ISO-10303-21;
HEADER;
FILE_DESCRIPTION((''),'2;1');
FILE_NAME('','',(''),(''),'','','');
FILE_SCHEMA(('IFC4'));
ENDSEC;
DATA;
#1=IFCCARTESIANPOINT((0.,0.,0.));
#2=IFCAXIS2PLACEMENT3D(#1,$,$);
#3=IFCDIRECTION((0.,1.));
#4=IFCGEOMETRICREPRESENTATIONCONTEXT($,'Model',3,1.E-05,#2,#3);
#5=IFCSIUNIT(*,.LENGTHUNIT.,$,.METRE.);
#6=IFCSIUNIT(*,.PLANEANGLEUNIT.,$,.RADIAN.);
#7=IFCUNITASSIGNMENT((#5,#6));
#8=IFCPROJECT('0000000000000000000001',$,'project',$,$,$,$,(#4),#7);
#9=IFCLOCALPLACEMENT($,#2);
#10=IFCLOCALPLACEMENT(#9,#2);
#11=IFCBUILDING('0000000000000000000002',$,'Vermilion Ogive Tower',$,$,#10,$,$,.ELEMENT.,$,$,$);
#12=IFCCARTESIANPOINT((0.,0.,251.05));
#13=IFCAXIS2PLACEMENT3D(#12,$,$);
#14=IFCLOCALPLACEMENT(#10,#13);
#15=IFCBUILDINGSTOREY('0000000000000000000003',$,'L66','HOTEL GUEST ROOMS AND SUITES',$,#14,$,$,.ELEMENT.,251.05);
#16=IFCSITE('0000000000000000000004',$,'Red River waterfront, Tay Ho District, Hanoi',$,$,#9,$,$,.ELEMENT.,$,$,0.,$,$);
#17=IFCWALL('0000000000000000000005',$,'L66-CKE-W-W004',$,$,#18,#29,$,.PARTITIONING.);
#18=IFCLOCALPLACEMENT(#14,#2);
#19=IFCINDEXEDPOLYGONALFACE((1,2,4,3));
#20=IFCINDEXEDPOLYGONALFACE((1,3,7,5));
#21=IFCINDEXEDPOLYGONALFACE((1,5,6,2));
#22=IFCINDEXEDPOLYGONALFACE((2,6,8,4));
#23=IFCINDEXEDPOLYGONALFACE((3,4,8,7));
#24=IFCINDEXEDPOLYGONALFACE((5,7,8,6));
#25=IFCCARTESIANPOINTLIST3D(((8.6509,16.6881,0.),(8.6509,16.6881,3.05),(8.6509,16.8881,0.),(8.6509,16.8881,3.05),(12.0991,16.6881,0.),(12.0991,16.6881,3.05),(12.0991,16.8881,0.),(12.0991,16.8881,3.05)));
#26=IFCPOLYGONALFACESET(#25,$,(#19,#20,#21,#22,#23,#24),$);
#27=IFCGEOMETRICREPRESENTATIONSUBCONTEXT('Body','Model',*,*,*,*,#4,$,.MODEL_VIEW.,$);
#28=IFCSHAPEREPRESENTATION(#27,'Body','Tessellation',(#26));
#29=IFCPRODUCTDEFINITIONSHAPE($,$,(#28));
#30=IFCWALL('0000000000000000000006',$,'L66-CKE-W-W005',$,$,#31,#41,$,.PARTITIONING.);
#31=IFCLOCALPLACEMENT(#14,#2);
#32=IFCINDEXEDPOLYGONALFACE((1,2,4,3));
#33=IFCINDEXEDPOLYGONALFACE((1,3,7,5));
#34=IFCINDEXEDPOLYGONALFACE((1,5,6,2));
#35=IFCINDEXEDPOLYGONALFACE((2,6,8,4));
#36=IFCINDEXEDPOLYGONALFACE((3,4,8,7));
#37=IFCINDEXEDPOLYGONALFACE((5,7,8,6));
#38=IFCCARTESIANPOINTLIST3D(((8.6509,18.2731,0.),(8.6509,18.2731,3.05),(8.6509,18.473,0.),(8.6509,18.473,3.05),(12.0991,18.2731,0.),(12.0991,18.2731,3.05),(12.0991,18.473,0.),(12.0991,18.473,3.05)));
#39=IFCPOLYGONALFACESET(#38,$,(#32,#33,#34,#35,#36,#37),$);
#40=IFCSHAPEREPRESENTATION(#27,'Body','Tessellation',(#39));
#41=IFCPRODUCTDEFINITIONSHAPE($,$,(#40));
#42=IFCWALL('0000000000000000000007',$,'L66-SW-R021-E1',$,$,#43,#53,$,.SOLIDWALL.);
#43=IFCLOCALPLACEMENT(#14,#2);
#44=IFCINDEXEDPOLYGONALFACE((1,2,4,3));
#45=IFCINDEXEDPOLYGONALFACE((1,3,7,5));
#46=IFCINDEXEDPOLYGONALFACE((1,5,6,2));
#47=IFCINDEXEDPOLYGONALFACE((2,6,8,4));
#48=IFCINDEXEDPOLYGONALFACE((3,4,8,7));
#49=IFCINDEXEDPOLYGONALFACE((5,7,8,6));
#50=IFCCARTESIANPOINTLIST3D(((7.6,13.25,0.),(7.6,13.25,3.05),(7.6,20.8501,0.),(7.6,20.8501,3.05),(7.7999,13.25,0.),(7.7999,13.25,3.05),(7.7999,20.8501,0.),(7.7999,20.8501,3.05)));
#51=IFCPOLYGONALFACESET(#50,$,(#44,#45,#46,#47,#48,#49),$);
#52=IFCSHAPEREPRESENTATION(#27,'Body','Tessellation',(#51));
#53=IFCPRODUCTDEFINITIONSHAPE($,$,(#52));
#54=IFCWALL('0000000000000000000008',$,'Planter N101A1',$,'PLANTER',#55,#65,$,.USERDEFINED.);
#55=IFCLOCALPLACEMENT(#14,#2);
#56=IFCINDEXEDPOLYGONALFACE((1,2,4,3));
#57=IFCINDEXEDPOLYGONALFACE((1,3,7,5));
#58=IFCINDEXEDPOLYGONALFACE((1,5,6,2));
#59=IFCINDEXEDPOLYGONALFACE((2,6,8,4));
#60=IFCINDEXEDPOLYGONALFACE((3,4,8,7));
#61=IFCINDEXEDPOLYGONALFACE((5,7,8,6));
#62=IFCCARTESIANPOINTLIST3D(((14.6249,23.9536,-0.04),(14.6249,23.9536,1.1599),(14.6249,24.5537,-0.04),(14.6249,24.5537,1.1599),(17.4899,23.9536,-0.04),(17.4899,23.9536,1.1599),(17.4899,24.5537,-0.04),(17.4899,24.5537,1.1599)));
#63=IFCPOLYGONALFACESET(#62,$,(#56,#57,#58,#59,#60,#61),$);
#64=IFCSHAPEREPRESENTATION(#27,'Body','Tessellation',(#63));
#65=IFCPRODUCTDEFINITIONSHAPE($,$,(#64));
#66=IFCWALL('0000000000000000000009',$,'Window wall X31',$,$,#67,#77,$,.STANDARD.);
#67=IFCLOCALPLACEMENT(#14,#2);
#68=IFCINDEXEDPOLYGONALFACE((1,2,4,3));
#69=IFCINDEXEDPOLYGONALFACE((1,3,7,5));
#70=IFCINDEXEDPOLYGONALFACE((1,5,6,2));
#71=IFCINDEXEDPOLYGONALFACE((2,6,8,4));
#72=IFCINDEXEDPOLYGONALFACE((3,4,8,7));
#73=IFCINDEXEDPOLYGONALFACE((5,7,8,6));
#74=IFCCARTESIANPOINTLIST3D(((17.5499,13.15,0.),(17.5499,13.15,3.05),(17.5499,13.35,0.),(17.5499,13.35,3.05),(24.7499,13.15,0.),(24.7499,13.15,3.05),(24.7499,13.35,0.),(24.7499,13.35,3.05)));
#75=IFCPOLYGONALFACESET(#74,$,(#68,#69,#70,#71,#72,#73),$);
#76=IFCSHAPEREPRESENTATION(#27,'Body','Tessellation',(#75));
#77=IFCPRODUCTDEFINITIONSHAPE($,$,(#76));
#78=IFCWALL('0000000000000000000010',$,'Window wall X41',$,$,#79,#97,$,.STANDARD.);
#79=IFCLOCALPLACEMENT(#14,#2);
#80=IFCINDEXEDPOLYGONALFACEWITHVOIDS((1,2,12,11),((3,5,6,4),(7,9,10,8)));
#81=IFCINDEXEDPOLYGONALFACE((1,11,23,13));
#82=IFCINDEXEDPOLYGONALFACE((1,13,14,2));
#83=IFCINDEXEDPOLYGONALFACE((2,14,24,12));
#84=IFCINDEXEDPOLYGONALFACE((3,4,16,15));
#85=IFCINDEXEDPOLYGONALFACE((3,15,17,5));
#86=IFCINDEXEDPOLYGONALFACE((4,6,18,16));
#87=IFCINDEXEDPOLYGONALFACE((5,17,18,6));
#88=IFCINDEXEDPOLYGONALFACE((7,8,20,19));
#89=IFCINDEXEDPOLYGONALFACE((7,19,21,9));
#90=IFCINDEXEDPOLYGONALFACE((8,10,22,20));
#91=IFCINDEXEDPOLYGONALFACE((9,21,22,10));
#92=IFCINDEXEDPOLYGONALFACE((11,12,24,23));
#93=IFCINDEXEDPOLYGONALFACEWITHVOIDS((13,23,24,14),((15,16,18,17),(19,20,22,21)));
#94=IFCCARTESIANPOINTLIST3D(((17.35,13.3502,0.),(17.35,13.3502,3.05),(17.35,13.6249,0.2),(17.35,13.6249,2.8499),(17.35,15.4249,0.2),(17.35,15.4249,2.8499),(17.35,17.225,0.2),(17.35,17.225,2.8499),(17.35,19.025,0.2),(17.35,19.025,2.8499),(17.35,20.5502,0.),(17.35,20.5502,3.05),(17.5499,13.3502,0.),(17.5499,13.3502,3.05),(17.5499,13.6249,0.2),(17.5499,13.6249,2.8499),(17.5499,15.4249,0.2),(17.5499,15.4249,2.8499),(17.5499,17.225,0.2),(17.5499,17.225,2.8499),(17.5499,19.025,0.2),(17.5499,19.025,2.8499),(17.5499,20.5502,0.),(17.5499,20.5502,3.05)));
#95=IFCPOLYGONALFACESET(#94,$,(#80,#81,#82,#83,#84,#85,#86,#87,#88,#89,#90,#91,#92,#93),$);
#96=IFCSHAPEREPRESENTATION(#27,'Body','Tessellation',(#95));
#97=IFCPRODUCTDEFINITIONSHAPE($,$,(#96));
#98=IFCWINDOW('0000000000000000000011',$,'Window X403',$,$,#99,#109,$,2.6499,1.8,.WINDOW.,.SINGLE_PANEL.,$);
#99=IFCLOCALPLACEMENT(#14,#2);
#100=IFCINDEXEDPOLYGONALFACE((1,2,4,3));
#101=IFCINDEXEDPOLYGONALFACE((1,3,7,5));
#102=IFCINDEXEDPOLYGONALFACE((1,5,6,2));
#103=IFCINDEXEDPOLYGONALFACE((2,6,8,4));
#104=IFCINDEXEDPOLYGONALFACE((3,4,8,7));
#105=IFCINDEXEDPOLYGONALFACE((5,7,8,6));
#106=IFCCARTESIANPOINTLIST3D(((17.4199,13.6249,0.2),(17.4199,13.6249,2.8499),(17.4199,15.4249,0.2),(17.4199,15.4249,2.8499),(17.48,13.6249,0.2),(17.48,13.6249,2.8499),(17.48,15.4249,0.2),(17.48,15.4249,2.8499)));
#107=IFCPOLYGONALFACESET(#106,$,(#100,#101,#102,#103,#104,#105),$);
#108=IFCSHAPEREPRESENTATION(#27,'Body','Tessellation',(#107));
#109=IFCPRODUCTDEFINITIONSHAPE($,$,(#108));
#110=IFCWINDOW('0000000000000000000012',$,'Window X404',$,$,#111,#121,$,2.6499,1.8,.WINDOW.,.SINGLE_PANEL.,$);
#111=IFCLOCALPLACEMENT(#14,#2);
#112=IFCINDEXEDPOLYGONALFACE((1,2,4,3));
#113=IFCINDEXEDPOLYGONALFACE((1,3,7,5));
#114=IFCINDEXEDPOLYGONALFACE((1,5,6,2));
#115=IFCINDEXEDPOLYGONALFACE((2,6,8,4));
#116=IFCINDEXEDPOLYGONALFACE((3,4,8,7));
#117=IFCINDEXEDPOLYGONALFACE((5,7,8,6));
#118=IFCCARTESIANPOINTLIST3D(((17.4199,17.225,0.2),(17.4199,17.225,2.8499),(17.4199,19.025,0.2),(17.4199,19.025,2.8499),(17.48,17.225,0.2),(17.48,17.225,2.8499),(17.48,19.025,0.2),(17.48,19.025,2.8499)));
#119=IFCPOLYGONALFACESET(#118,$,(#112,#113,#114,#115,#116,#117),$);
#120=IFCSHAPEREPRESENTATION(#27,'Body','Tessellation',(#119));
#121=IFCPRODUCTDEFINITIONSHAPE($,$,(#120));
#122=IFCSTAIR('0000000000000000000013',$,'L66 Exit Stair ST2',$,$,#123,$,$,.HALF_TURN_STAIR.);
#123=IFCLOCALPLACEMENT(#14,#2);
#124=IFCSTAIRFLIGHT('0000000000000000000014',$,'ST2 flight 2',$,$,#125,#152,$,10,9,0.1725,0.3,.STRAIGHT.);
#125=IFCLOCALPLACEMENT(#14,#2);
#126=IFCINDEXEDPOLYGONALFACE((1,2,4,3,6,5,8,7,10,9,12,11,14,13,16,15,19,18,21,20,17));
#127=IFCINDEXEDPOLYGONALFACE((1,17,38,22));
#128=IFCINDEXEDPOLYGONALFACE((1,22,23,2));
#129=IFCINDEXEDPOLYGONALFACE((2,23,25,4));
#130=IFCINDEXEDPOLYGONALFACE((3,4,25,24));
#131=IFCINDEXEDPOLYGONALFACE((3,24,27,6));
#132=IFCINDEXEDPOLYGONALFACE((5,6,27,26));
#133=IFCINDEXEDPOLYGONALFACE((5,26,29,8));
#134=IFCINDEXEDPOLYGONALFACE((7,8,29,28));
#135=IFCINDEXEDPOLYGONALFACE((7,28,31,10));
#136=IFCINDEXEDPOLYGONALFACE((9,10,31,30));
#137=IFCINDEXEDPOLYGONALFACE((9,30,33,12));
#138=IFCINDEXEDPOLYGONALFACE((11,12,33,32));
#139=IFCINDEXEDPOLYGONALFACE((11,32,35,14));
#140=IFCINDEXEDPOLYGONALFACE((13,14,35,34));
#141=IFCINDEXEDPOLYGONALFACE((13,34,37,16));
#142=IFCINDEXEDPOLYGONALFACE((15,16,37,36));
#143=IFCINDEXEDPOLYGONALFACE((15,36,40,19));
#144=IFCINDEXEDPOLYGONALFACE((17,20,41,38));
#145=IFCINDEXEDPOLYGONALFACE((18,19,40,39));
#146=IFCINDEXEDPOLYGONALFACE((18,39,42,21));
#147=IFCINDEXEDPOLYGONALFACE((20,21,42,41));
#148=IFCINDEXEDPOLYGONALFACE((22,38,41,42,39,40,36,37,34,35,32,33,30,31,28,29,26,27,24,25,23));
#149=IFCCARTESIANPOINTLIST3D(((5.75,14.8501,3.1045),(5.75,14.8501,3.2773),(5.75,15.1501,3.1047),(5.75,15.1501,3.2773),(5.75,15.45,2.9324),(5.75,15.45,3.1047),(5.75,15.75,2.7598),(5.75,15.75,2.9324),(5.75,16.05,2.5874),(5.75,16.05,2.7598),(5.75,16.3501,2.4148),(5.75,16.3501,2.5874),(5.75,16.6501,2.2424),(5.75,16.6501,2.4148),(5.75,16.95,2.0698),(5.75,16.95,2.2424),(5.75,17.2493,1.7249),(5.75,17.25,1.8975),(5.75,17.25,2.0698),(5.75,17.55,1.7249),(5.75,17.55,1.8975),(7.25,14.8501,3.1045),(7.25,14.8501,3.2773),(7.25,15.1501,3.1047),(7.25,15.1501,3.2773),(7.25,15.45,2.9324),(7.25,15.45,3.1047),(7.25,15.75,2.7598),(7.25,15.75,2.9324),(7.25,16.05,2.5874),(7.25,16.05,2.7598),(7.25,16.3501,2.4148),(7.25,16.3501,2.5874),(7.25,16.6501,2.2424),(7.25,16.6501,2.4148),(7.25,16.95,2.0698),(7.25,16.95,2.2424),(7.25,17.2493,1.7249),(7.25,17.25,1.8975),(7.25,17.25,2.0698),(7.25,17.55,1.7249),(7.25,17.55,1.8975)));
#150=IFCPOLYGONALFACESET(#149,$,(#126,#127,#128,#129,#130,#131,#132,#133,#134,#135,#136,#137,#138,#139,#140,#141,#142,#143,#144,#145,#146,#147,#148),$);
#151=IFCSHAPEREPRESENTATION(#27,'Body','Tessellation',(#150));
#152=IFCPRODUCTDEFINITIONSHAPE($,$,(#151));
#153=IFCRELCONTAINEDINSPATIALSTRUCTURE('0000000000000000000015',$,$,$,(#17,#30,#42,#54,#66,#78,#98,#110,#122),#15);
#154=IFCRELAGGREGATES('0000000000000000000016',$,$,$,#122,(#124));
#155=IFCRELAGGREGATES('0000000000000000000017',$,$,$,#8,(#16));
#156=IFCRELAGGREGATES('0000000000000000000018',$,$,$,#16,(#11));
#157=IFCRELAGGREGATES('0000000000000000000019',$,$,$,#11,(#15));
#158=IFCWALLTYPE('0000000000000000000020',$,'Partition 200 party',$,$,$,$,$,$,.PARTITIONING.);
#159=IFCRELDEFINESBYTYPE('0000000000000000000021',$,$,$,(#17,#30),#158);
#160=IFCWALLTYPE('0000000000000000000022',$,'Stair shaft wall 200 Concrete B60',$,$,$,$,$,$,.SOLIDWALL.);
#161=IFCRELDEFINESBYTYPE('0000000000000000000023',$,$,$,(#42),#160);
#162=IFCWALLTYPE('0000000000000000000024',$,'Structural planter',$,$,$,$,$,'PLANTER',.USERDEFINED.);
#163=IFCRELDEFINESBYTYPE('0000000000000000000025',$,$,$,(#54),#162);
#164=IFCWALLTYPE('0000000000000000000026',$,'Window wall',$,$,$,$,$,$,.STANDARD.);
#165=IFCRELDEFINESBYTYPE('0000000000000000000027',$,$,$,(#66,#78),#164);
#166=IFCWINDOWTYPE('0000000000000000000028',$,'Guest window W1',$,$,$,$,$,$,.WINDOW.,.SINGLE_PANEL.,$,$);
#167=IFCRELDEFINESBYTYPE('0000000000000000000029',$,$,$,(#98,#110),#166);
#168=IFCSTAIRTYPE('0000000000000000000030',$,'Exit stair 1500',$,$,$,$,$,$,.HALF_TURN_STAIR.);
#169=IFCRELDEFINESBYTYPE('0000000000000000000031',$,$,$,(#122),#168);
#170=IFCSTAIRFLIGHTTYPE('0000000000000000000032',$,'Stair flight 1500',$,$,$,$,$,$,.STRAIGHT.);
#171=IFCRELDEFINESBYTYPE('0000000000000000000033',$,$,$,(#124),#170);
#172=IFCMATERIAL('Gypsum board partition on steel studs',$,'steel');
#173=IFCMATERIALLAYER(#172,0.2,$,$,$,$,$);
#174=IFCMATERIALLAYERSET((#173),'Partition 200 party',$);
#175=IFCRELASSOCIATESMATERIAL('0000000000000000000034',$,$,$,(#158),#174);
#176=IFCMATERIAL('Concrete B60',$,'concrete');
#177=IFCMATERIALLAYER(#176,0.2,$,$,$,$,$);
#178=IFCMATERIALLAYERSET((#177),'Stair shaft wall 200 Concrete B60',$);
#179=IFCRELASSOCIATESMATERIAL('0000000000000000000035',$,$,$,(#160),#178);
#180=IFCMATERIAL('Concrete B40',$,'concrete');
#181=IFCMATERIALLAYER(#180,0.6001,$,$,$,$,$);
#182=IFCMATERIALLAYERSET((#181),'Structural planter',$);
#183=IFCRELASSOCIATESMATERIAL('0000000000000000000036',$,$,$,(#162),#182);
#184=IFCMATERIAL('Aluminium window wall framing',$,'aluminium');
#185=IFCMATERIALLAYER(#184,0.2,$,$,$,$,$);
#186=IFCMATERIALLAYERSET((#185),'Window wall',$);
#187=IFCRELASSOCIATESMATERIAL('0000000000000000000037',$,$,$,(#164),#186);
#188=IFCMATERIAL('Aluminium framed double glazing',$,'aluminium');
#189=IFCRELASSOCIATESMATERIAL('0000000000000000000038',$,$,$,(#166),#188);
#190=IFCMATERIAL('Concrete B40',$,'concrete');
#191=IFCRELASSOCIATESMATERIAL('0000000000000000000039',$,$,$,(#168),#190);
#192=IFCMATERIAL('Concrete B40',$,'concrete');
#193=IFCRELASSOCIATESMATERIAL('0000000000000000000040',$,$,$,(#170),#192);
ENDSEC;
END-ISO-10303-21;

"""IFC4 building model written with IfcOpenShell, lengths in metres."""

from ifc_helpers import new_model, si_unit, direction, frame, frame_2d, origin, place, context, subcontext, project, spatial, polyline, rectangle, outline, extrude, material, layer, layer_set, type_object, element, fill, aggregate, save


model = new_model("IFC4")

# Units and contexts
model_context = context("Model", 3, precision=1e-05, world=origin(), true_north=direction((0.0, 1.0)))
body_context = subcontext(model_context, "Body", "Model", "MODEL_VIEW")
ifc_project = project(units=[si_unit("LENGTHUNIT", "METRE"), si_unit("PLANEANGLEUNIT", "RADIAN")], contexts=[model_context])

# Site, building, storey
site_placement = place(None, origin())
site = spatial("IfcSite", under=ifc_project, at=site_placement, Name="Red River waterfront, Tay Ho District, Hanoi", CompositionType="ELEMENT", RefElevation=0.0)
building_placement = place(site_placement, origin())
building = spatial("IfcBuilding", under=site, at=building_placement, Name="Vermilion Ogive Tower", CompositionType="ELEMENT")
storey_placement = place(building_placement, frame((0.0, 0.0, 251.05)))
storey = spatial("IfcBuildingStorey", under=building, at=storey_placement, Name="L66", Description="HOTEL GUEST ROOMS AND SUITES", CompositionType="ELEMENT", Elevation=251.05)

# Walls
ifc_material_1 = material(Name="Gypsum board partition on steel studs", Category="steel")
ifc_layer_1 = layer(ifc_material_1, 0.2)
ifc_layer_set_1 = layer_set([ifc_layer_1], Name="Partition 200 party")
wall_type_1 = type_object("IfcWallType", Name="Partition 200 party", PredefinedType="PARTITIONING", material=ifc_layer_set_1)
for number, where, z_axis, x_axis, name in (
    (1, (8.6509, 16.7881, 0.0), (0.0, 0.0, 1.0), (1.0, 0.0, 0.0), "L66-CKE-W-W004"),
    (2, (8.6509, 18.373, 0.0), (0.0, 0.0, 1.0), (1.0, 0.0, 0.0), "L66-CKE-W-W005"),
):
    element("IfcWall", number, at=place(storey_placement, frame(where, z_axis=z_axis, x_axis=x_axis)), inside=storey, type_object=wall_type_1, Name=name, PredefinedType="PARTITIONING", context=body_context, shape_type="SweptSolid", body=[
        extrude(rectangle(XDim=3.4482, YDim=0.2, at=frame_2d((1.7241, 0.0))), origin(), (0.0, 0.0, 1.0), 3.05),
    ])
ifc_material_2 = material(Name="Concrete B60", Category="concrete")
ifc_layer_2 = layer(ifc_material_2, 0.2)
ifc_layer_set_2 = layer_set([ifc_layer_2], Name="Stair shaft wall 200 Concrete B60")
wall_type_2 = type_object("IfcWallType", Name="Stair shaft wall 200 Concrete B60", PredefinedType="SOLIDWALL", material=ifc_layer_set_2)
wall_1_placement = place(storey_placement, frame((7.7, 13.25, 0.0), z_axis=(0.0, 0.0, 1.0), x_axis=(0.0, 1.0, 0.0)))
element("IfcWall", 3, at=wall_1_placement, inside=storey, type_object=wall_type_2, Name="L66-SW-R021-E1", PredefinedType="SOLIDWALL", context=body_context, shape_type="SweptSolid", body=[
    extrude(rectangle(XDim=7.6001, YDim=0.2, at=frame_2d((3.8, 0.0))), origin(), (0.0, 0.0, 1.0), 3.05),
])
ifc_material_3 = material(Name="Concrete B40", Category="concrete")
ifc_layer_3 = layer(ifc_material_3, 0.6001)
ifc_layer_set_3 = layer_set([ifc_layer_3], Name="Structural planter")
wall_type_3 = type_object("IfcWallType", Name="Structural planter", ElementType="PLANTER", PredefinedType="USERDEFINED", material=ifc_layer_set_3)
wall_2_placement = place(storey_placement, frame((17.49, 24.2537, -0.04), z_axis=(0.0, 0.0, 1.0), x_axis=(-1.0, 0.0, 0.0)))
element("IfcWall", 4, at=wall_2_placement, inside=storey, type_object=wall_type_3, Name="Planter N101A1", ObjectType="PLANTER", PredefinedType="USERDEFINED", context=body_context, shape_type="SweptSolid", body=[
    extrude(rectangle(XDim=2.865, YDim=0.6001, at=frame_2d((1.4326, 0.0))), origin(), (0.0, 0.0, 1.0), 1.2),
])
ifc_material_4 = material(Name="Aluminium window wall framing", Category="aluminium")
ifc_layer_4 = layer(ifc_material_4, 0.2)
ifc_layer_set_4 = layer_set([ifc_layer_4], Name="Window wall")
wall_type_4 = type_object("IfcWallType", Name="Window wall", PredefinedType="STANDARD", material=ifc_layer_set_4)
wall_3_placement = place(storey_placement, frame((24.75, 13.25, 0.0), z_axis=(0.0, 0.0, 1.0), x_axis=(-1.0, 0.0, 0.0)))
element("IfcWall", 5, at=wall_3_placement, inside=storey, type_object=wall_type_4, Name="Window wall X31", PredefinedType="STANDARD", context=body_context, shape_type="SweptSolid", body=[
    extrude(rectangle(XDim=7.2, YDim=0.2, at=frame_2d((3.6001, 0.0))), origin(), (0.0, 0.0, 1.0), 3.05),
])

# Wall, openings, windows
wall_4_placement = place(storey_placement, frame((17.45, 13.3501, 0.0), z_axis=(0.0, 0.0, 1.0), x_axis=(0.0, 1.0, 0.0)))
wall_4 = element("IfcWall", 6, at=wall_4_placement, inside=storey, type_object=wall_type_4, Name="Window wall X41", PredefinedType="STANDARD", context=body_context, shape_type="SweptSolid", body=[
    extrude(rectangle(XDim=7.2, YDim=0.2, at=frame_2d((3.6001, 0.0))), origin(), (0.0, 0.0, 1.0), 3.05),
])
opening_1_placement = place(wall_4_placement, frame((0.2749, 0.0, 0.2)))
opening_1 = element("IfcOpeningElement", 7, at=opening_1_placement, cuts=wall_4, PredefinedType="OPENING", context=body_context, shape_type="SweptSolid", body=[
    extrude(rectangle(XDim=1.8, YDim=2.6499, at=frame_2d((0.8999, 1.325))), frame((0.0, 0.1099, 0.0), z_axis=(0.0, -1.0, 0.0), x_axis=(1.0, 0.0, 0.0)), (0.0, 0.0, 1.0), 0.22),
])
opening_2_placement = place(wall_4_placement, frame((3.875, 0.0, 0.2)))
opening_2 = element("IfcOpeningElement", 8, at=opening_2_placement, cuts=wall_4, PredefinedType="OPENING", context=body_context, shape_type="SweptSolid", body=[
    extrude(rectangle(XDim=1.8, YDim=2.6499, at=frame_2d((0.8999, 1.325))), frame((0.0, 0.1099, 0.0), z_axis=(0.0, -1.0, 0.0), x_axis=(1.0, 0.0, 0.0)), (0.0, 0.0, 1.0), 0.22),
])
ifc_material_5 = material(Name="Aluminium framed double glazing", Category="aluminium")
window_type = type_object("IfcWindowType", Name="Guest window W1", PartitioningType="SINGLE_PANEL", PredefinedType="WINDOW", material=ifc_material_5)
window_1_placement = place(opening_1_placement, origin())
window_1 = element("IfcWindow", 9, at=window_1_placement, inside=storey, type_object=window_type, Name="Window X403", OverallHeight=2.6499, OverallWidth=1.8, PartitioningType="SINGLE_PANEL", PredefinedType="WINDOW", context=body_context, shape_type="SweptSolid", body=[
    extrude(rectangle(XDim=1.8, YDim=2.6499, at=frame_2d((0.8999, 1.325))), frame((0.0, 0.03, 0.0), z_axis=(0.0, -1.0, 0.0), x_axis=(1.0, 0.0, 0.0)), (0.0, 0.0, 1.0), 0.0601),
])
fill(opening_1, window_1)
window_2_placement = place(opening_2_placement, origin())
window_2 = element("IfcWindow", 10, at=window_2_placement, inside=storey, type_object=window_type, Name="Window X404", OverallHeight=2.6499, OverallWidth=1.8, PartitioningType="SINGLE_PANEL", PredefinedType="WINDOW", context=body_context, shape_type="SweptSolid", body=[
    extrude(rectangle(XDim=1.8, YDim=2.6499, at=frame_2d((0.8999, 1.325))), frame((0.0, 0.03, 0.0), z_axis=(0.0, -1.0, 0.0), x_axis=(1.0, 0.0, 0.0)), (0.0, 0.0, 1.0), 0.0601),
])
fill(opening_2, window_2)

# Stair, stair flight
ifc_material_6 = material(Name="Concrete B40", Category="concrete")
stair_type = type_object("IfcStairType", Name="Exit stair 1500", PredefinedType="HALF_TURN_STAIR", material=ifc_material_6)
stair_placement = place(storey_placement, origin())
stair = element("IfcStair", 11, at=stair_placement, inside=storey, type_object=stair_type, Name="L66 Exit Stair ST2", PredefinedType="HALF_TURN_STAIR")
ifc_material_7 = material(Name="Concrete B40", Category="concrete")
stair_flight_type = type_object("IfcStairFlightType", Name="Stair flight 1500", PredefinedType="STRAIGHT", material=ifc_material_7)
stair_flight_placement = place(storey_placement, frame((6.5, 17.55, 1.7249), z_axis=(0.0, 0.0, 1.0), x_axis=(0.0, -1.0, 0.0)))
stair_flight = element("IfcStairFlight", 12, at=stair_flight_placement, type_object=stair_flight_type, Name="ST2 flight 2", NumberOfRisers=10, NumberOfTreads=9, PredefinedType="STRAIGHT", RiserHeight=0.1725, TreadLength=0.3, context=body_context, shape_type="SweptSolid", body=[
    extrude(outline(polyline([(0.0, 0.0), (0.0, 0.1726), (0.3, 0.1726), (0.3, 0.345), (0.6001, 0.345), (0.6001, 0.5176), (0.8999, 0.5176), (0.8999, 0.6899), (1.2, 0.6899), (1.2, 0.8625), (1.5, 0.8625), (1.5, 1.0349), (1.8, 1.0349), (1.8, 1.2075), (2.1001, 1.2075), (2.1001, 1.3799), (2.3999, 1.3799), (2.3999, 1.5525), (2.7, 1.5525), (2.7, 1.7251), (2.7, 1.3796), (0.3008, 0.0), (0.0, 0.0)])), frame((0.0, 0.75, 0.0), z_axis=(0.0, -1.0, 0.0), x_axis=(1.0, 0.0, 0.0)), (0.0, 0.0, 1.0), 1.5),
])
aggregate(stair, [stair_flight])

save(model, "model.ifc")
